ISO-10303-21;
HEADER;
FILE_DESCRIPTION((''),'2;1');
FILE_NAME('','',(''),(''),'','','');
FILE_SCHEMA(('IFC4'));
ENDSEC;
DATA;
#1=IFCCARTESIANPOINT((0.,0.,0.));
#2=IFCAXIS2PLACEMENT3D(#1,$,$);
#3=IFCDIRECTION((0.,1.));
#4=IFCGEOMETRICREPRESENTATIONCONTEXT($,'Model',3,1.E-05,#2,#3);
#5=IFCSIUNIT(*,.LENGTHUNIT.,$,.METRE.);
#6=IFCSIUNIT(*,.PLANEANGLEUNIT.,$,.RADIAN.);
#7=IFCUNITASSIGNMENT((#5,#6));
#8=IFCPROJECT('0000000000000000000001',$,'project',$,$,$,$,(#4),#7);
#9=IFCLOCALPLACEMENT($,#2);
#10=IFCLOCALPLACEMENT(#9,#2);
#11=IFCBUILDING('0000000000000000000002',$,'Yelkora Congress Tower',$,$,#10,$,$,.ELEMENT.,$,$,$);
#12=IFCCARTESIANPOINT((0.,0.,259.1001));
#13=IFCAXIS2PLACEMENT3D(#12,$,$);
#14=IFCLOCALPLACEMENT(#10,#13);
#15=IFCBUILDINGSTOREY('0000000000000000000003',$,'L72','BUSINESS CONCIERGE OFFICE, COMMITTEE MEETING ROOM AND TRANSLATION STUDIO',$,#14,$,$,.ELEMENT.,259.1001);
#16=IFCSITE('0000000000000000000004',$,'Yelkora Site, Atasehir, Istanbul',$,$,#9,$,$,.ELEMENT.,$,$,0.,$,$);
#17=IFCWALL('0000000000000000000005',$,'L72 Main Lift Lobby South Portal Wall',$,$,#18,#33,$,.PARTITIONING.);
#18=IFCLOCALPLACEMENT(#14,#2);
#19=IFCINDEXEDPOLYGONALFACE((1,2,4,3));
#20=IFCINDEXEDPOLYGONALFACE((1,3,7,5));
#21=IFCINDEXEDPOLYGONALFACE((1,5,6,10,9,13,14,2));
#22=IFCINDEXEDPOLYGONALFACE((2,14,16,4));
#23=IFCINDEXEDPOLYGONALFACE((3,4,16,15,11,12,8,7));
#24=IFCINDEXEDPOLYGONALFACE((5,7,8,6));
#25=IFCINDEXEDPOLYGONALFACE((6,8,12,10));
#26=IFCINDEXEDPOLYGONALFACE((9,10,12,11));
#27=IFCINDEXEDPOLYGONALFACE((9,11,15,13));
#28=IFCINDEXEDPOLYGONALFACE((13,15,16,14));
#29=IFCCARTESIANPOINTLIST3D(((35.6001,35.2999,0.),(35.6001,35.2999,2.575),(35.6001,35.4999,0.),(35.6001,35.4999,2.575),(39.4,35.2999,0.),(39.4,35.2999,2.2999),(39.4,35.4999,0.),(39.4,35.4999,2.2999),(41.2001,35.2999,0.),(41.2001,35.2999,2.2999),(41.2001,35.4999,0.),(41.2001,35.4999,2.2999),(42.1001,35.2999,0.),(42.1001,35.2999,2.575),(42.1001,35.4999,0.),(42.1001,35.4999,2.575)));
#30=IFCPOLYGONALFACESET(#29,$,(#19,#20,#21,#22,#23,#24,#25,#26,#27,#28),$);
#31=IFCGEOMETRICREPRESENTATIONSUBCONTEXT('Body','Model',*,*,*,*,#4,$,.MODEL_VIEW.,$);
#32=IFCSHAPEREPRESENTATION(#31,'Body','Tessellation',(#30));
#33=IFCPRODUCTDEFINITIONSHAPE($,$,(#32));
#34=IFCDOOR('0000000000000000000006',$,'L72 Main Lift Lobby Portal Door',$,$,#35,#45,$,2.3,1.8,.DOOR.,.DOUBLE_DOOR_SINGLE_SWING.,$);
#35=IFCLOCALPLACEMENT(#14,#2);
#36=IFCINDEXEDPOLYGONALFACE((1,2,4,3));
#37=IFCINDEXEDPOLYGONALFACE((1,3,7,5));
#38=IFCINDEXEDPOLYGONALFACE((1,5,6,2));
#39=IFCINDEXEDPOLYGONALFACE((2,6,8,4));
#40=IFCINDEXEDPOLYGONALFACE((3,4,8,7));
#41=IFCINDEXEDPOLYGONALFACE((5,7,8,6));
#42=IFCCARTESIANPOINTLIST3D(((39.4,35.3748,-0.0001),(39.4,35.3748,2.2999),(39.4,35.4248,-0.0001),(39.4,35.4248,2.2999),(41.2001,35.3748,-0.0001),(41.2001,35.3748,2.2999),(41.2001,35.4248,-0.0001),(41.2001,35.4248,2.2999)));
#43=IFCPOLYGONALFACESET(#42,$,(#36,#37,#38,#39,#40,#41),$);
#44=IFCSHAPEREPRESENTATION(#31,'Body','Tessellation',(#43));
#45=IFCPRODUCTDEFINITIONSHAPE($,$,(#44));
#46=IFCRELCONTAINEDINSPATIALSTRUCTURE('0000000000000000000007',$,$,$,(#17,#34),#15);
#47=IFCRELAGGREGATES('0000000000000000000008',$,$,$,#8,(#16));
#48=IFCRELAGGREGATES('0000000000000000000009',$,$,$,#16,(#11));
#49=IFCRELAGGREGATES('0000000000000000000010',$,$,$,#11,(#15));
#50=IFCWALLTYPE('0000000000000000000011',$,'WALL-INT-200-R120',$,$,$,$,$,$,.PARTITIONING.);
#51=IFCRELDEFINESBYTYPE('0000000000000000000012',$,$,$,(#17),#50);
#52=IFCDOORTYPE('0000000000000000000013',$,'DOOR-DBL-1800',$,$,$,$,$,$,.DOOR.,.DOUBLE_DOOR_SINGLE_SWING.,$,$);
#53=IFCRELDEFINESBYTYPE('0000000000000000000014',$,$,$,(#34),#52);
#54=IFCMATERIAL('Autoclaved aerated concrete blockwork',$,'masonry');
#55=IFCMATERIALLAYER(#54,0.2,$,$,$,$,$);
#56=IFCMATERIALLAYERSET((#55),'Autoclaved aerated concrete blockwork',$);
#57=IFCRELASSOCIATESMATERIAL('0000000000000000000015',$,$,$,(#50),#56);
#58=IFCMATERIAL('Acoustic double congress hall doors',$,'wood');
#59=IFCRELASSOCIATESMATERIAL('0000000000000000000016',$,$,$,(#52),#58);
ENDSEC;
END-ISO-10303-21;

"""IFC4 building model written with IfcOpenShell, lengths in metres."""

from ifc_helpers import new_model, si_unit, direction, frame, frame_2d, origin, place, context, subcontext, project, spatial, rectangle, extrude, material, layer, layer_set, type_object, element, fill, save


model = new_model("IFC4")

# Units and contexts
model_context = context("Model", 3, precision=1e-05, world=origin(), true_north=direction((0.0, 1.0)))
body_context = subcontext(model_context, "Body", "Model", "MODEL_VIEW")
ifc_project = project(units=[si_unit("LENGTHUNIT", "METRE"), si_unit("PLANEANGLEUNIT", "RADIAN")], contexts=[model_context])

# Site, building, storey
site_placement = place(None, origin())
site = spatial("IfcSite", under=ifc_project, at=site_placement, Name="Yelkora Site, Atasehir, Istanbul", CompositionType="ELEMENT", RefElevation=0.0)
building_placement = place(site_placement, origin())
building = spatial("IfcBuilding", under=site, at=building_placement, Name="Yelkora Congress Tower", CompositionType="ELEMENT")
storey_placement = place(building_placement, frame((0.0, 0.0, 259.1001)))
storey = spatial("IfcBuildingStorey", under=building, at=storey_placement, Name="L72", Description="BUSINESS CONCIERGE OFFICE, COMMITTEE MEETING ROOM AND TRANSLATION STUDIO", CompositionType="ELEMENT", Elevation=259.1001)

# Wall, opening, door
ifc_material_1 = material(Name="Autoclaved aerated concrete blockwork", Category="masonry")
ifc_layer_1 = layer(ifc_material_1, 0.2)
ifc_layer_set_1 = layer_set([ifc_layer_1], Name="Autoclaved aerated concrete blockwork")
wall_type_1 = type_object("IfcWallType", Name="WALL-INT-200-R120", PredefinedType="PARTITIONING", material=ifc_layer_set_1)
wall_1_placement = place(storey_placement, frame((35.6001, 35.3999, 0.0), z_axis=(0.0, 0.0, 1.0), x_axis=(1.0, 0.0, 0.0)))
wall_1 = element("IfcWall", 1, at=wall_1_placement, inside=storey, type_object=wall_type_1, Name="L72 Main Lift Lobby South Portal Wall", PredefinedType="PARTITIONING", context=body_context, shape_type="SweptSolid", body=[
    extrude(rectangle(XDim=6.5, YDim=0.2, at=frame_2d((3.25, 0.0))), origin(), (0.0, 0.0, 1.0), 2.575),
])
opening_1_placement = place(wall_1_placement, frame((3.8, 0.0, 0.0)))
opening_1 = element("IfcOpeningElement", 2, at=opening_1_placement, cuts=wall_1, PredefinedType="OPENING", context=body_context, shape_type="SweptSolid", body=[
    extrude(rectangle(XDim=1.8, YDim=2.3, at=frame_2d((0.8999, 1.1499))), frame((0.0, 0.1099, 0.0), z_axis=(0.0, -1.0, 0.0), x_axis=(1.0, 0.0, 0.0)), (0.0, 0.0, 1.0), 0.22),
])
ifc_material_2 = material(Name="Acoustic double congress hall doors", Category="wood")
door_type_1 = type_object("IfcDoorType", Name="DOOR-DBL-1800", OperationType="DOUBLE_DOOR_SINGLE_SWING", PredefinedType="DOOR", material=ifc_material_2)
door_1_placement = place(opening_1_placement, origin())
door_1 = element("IfcDoor", 3, at=door_1_placement, inside=storey, type_object=door_type_1, Name="L72 Main Lift Lobby Portal Door", OperationType="DOUBLE_DOOR_SINGLE_SWING", OverallHeight=2.3, OverallWidth=1.8, PredefinedType="DOOR", context=body_context, shape_type="SweptSolid", body=[
    extrude(rectangle(XDim=1.8, YDim=2.3, at=frame_2d((0.8999, 1.1499))), frame((0.0, 0.0249, 0.0), z_axis=(0.0, -1.0, 0.0), x_axis=(1.0, 0.0, 0.0)), (0.0, 0.0, 1.0), 0.05),
])
fill(opening_1, door_1)

save(model, "model.ifc")
